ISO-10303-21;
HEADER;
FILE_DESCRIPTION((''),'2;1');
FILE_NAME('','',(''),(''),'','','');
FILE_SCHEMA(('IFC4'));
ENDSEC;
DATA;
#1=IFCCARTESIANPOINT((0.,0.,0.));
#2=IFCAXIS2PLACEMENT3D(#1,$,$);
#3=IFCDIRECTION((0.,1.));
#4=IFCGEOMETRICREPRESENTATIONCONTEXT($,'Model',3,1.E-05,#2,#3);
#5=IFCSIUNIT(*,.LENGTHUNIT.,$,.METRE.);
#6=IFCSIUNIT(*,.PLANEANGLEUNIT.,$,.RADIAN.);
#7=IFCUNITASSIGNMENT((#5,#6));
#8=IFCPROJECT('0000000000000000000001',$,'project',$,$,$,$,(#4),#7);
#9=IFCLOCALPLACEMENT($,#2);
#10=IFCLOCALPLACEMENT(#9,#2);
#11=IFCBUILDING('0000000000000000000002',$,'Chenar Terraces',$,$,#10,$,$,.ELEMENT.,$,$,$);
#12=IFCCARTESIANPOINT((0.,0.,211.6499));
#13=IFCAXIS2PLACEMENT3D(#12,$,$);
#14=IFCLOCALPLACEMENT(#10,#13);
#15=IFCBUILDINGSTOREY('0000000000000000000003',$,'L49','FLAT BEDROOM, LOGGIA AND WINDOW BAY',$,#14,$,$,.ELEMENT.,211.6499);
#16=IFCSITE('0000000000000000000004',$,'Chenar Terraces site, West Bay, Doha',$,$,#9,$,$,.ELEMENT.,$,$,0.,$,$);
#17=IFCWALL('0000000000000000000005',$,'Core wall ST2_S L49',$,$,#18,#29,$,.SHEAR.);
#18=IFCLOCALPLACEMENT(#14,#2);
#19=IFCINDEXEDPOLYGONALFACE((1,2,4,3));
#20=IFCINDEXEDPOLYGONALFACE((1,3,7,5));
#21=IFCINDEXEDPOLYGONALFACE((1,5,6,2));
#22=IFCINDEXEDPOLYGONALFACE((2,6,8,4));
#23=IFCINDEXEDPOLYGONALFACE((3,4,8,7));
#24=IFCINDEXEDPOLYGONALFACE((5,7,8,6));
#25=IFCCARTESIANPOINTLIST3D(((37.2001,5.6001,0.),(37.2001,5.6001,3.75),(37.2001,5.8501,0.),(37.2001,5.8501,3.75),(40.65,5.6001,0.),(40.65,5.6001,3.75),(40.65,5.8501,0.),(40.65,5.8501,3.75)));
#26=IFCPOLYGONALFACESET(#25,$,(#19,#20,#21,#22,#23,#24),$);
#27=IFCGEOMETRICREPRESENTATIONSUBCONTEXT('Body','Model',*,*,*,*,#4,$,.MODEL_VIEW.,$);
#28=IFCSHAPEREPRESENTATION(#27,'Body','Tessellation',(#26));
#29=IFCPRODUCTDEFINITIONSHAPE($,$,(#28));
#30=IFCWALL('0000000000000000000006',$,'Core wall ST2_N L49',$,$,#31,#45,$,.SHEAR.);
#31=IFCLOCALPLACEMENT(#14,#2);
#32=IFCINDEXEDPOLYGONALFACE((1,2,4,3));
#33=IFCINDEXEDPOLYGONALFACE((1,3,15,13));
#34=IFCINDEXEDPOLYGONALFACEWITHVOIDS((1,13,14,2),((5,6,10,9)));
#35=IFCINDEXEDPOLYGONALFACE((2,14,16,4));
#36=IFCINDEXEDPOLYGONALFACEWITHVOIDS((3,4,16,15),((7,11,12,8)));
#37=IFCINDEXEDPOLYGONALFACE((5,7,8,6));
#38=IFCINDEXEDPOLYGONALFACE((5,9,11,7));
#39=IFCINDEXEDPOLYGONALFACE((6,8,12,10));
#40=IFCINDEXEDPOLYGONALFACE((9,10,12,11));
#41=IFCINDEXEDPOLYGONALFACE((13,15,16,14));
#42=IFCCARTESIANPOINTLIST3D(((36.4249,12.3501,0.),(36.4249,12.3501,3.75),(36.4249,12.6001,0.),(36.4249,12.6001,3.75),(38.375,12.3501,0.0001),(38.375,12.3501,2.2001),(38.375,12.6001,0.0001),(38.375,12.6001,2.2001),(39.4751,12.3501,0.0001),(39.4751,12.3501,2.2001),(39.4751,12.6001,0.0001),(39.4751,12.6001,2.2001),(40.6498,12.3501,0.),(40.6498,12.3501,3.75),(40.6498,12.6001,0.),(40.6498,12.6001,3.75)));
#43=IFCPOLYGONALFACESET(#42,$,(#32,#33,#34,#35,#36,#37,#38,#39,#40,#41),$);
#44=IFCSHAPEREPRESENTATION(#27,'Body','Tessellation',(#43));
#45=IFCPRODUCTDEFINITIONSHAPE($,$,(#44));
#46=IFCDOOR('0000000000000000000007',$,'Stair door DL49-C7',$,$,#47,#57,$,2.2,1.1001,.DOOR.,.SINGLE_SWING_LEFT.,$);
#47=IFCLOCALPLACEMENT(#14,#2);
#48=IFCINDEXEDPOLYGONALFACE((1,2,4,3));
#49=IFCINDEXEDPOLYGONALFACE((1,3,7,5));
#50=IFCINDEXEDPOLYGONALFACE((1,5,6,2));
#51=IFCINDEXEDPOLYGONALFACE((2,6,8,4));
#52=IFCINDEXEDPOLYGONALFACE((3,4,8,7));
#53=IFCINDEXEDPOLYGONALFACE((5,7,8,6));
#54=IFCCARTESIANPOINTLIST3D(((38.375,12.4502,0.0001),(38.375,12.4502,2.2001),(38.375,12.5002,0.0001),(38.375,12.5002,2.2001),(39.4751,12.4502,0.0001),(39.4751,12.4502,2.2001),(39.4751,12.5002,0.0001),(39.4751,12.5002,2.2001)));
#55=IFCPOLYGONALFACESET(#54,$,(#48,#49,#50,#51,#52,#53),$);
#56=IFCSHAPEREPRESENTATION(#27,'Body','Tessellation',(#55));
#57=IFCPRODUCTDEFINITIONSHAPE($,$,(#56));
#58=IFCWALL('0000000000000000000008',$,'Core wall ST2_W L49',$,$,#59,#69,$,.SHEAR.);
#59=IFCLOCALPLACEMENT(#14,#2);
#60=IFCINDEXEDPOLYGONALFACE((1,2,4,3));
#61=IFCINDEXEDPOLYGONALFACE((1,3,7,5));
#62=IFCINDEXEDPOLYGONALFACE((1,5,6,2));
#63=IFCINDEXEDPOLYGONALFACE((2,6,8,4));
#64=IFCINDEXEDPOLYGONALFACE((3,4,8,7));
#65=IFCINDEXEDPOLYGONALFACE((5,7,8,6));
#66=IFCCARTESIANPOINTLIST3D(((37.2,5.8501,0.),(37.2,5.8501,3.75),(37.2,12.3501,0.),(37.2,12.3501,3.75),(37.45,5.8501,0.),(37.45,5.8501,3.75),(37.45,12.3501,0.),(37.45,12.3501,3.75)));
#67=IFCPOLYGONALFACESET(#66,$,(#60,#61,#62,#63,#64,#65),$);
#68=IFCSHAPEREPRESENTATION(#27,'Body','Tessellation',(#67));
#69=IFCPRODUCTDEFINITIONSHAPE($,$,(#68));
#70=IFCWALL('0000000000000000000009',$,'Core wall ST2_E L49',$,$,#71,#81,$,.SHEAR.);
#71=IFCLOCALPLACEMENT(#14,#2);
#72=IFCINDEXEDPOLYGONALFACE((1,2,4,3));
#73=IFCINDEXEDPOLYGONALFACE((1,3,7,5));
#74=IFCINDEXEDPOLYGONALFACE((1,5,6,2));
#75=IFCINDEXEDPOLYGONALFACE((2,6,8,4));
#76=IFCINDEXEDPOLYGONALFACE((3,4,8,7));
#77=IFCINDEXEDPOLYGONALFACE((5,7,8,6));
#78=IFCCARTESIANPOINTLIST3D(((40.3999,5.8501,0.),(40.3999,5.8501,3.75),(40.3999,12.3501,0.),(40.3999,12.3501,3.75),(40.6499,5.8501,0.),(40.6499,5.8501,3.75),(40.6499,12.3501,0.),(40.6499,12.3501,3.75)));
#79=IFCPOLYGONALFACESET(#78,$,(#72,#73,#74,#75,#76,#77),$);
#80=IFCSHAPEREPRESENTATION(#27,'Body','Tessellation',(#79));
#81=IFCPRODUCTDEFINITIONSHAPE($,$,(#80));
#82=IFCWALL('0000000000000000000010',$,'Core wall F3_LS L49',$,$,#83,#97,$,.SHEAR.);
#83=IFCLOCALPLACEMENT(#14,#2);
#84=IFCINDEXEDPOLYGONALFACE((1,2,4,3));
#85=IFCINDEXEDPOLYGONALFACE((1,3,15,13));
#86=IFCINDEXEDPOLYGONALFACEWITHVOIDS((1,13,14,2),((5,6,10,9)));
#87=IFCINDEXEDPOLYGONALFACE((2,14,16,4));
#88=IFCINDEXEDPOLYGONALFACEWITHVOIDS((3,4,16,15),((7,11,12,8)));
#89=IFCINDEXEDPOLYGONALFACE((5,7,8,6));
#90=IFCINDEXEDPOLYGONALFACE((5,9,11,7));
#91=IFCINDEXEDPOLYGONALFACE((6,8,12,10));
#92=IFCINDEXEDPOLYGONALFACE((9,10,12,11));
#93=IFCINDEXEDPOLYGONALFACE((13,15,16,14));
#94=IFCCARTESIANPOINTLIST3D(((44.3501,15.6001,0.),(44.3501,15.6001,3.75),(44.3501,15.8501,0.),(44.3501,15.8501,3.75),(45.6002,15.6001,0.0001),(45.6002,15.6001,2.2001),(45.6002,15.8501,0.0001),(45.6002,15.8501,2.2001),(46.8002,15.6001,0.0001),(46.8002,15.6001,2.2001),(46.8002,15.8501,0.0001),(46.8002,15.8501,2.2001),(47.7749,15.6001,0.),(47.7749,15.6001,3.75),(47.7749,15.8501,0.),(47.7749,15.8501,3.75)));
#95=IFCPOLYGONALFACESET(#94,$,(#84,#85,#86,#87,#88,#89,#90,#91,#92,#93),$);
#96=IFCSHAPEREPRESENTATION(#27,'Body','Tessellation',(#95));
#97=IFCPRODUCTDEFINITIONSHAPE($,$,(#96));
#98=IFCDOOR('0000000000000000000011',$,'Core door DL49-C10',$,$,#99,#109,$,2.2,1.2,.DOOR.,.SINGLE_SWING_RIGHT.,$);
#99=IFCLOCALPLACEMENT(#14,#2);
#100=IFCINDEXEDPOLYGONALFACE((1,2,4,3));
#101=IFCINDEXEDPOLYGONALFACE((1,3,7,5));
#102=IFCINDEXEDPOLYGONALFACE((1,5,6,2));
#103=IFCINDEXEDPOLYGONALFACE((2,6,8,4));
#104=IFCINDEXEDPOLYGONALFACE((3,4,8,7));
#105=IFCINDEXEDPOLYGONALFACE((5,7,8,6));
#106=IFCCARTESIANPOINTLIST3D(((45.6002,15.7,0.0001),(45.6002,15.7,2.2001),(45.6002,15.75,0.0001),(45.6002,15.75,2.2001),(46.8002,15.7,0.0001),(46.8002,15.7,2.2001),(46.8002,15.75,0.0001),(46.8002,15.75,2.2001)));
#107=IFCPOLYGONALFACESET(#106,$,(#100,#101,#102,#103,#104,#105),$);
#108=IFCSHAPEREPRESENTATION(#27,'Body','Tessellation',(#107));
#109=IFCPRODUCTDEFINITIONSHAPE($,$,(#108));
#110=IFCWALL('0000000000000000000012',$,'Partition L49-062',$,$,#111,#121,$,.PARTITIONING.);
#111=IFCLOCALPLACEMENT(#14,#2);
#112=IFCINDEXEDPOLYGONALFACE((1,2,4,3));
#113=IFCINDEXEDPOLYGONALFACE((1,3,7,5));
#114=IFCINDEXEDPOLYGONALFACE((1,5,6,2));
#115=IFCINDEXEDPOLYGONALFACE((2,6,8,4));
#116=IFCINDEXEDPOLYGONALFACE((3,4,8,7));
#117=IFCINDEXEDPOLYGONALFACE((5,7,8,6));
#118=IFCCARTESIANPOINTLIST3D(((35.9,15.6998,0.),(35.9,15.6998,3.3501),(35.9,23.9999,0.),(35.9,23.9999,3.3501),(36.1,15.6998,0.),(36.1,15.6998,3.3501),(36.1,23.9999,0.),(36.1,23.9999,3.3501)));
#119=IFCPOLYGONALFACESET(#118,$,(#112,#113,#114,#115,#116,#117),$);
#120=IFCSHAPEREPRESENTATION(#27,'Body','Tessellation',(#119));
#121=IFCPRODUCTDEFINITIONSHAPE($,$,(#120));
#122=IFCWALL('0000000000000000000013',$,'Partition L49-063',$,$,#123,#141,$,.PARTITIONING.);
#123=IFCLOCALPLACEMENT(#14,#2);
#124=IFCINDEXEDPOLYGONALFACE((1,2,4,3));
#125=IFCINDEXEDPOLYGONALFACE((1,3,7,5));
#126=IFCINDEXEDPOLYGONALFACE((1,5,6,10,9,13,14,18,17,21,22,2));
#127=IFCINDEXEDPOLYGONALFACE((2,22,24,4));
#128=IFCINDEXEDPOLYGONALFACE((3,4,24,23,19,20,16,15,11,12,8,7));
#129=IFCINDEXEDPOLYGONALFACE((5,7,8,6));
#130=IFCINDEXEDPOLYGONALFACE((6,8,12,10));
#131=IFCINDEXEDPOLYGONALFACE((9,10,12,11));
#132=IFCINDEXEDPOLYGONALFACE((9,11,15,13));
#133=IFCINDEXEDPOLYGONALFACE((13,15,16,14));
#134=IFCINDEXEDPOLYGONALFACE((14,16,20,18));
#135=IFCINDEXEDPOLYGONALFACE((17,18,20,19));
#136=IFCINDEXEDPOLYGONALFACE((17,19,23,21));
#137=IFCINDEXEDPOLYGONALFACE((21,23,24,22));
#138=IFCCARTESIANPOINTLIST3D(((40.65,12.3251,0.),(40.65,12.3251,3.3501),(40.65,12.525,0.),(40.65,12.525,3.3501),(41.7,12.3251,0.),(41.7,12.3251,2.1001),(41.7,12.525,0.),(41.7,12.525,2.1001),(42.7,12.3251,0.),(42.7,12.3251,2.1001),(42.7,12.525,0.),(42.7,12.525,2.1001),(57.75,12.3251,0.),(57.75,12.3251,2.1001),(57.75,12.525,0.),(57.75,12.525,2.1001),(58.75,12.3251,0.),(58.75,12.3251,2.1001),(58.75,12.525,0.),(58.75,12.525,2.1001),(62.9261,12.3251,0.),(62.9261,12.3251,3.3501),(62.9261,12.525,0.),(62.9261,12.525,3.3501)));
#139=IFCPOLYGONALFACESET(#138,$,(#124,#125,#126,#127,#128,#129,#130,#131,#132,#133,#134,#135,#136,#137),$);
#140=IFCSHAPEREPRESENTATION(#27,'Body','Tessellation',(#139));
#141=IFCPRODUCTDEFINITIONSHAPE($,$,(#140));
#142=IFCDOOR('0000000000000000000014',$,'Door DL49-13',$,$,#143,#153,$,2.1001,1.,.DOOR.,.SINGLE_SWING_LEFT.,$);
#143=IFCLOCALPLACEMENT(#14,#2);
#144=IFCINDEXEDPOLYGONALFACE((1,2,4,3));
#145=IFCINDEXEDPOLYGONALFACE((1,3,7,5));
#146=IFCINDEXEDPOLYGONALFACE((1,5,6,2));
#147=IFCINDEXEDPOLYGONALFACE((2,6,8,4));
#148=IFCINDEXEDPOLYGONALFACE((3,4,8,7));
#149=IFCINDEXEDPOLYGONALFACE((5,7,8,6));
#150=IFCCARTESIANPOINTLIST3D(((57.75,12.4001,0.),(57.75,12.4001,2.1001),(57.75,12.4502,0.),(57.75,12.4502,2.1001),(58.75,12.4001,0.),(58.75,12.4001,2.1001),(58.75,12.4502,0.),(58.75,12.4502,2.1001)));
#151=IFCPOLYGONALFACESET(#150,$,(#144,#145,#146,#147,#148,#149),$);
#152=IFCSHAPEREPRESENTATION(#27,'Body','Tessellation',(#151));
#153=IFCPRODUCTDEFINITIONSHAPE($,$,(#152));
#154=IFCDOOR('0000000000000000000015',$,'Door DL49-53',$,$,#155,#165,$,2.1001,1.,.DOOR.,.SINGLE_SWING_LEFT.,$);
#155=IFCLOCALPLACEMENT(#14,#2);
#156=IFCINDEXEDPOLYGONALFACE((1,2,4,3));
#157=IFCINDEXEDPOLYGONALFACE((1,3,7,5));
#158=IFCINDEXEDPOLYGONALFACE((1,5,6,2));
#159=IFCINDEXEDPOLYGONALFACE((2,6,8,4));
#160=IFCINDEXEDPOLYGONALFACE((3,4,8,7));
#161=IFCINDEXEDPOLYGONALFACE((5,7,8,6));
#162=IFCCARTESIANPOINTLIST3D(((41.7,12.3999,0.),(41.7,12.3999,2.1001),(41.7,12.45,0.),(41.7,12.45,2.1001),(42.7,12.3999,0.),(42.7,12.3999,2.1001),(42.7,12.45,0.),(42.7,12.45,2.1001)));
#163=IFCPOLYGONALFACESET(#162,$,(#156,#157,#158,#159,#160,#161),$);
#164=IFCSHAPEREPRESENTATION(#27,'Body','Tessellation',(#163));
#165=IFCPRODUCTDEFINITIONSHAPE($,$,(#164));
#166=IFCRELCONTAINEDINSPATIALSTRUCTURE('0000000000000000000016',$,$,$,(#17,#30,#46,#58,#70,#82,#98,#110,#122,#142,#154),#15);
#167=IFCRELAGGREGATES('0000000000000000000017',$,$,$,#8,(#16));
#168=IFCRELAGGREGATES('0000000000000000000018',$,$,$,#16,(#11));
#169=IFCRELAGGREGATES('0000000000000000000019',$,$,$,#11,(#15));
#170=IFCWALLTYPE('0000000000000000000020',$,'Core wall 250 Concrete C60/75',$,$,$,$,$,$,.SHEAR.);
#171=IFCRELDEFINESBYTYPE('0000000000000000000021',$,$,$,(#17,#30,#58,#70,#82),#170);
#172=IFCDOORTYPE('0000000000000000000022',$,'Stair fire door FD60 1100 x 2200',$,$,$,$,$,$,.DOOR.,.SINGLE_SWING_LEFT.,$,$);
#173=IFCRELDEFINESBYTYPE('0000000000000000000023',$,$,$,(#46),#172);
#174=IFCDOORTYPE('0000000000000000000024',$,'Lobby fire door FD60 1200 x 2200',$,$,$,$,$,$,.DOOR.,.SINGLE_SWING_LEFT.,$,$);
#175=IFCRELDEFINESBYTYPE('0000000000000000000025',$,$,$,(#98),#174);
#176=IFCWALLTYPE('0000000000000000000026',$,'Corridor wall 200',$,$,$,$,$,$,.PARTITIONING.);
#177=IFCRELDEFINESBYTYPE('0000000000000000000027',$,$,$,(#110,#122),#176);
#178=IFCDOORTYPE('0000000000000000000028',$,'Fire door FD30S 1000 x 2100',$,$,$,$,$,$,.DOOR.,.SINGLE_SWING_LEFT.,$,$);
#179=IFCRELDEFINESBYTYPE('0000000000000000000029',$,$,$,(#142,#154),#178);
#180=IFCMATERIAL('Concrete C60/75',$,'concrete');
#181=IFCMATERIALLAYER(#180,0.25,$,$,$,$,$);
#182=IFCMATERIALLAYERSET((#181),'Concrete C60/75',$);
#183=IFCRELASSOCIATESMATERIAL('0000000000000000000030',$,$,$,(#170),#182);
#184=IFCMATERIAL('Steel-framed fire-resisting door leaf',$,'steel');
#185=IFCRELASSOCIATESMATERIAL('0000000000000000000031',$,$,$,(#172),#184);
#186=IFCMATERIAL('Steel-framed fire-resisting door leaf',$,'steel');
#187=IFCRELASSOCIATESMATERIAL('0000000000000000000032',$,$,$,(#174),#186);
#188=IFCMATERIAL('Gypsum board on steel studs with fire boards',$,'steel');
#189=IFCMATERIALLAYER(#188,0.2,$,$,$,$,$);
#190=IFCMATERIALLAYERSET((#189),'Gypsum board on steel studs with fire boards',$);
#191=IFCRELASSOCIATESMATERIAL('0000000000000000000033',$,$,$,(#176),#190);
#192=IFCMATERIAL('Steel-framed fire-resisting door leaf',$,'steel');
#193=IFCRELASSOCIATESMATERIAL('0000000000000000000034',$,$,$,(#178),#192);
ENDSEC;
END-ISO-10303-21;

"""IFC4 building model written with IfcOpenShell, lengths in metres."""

from ifc_helpers import new_model, si_unit, direction, frame, frame_2d, origin, place, context, subcontext, project, spatial, rectangle, extrude, material, layer, layer_set, type_object, element, fill, save


model = new_model("IFC4")

# Units and contexts
model_context = context("Model", 3, precision=1e-05, world=origin(), true_north=direction((0.0, 1.0)))
body_context = subcontext(model_context, "Body", "Model", "MODEL_VIEW")
ifc_project = project(units=[si_unit("LENGTHUNIT", "METRE"), si_unit("PLANEANGLEUNIT", "RADIAN")], contexts=[model_context])

# Site, building, storey
site_placement = place(None, origin())
site = spatial("IfcSite", under=ifc_project, at=site_placement, Name="Chenar Terraces site, West Bay, Doha", CompositionType="ELEMENT", RefElevation=0.0)
building_placement = place(site_placement, origin())
building = spatial("IfcBuilding", under=site, at=building_placement, Name="Chenar Terraces", CompositionType="ELEMENT")
storey_placement = place(building_placement, frame((0.0, 0.0, 211.6499)))
storey = spatial("IfcBuildingStorey", under=building, at=storey_placement, Name="L49", Description="FLAT BEDROOM, LOGGIA AND WINDOW BAY", CompositionType="ELEMENT", Elevation=211.6499)

# Wall
ifc_material_1 = material(Name="Concrete C60/75", Category="concrete")
ifc_layer_1 = layer(ifc_material_1, 0.25)
ifc_layer_set_1 = layer_set([ifc_layer_1], Name="Concrete C60/75")
wall_type_1 = type_object("IfcWallType", Name="Core wall 250 Concrete C60/75", PredefinedType="SHEAR", material=ifc_layer_set_1)
wall_1_placement = place(storey_placement, frame((37.2, 5.7251, 0.0), z_axis=(0.0, 0.0, 1.0), x_axis=(1.0, 0.0, 0.0)))
element("IfcWall", 1, at=wall_1_placement, inside=storey, type_object=wall_type_1, Name="Core wall ST2_S L49", PredefinedType="SHEAR", context=body_context, shape_type="SweptSolid", body=[
    extrude(rectangle(XDim=3.45, YDim=0.25, at=frame_2d((1.7251, 0.0))), origin(), (0.0, 0.0, 1.0), 3.75),
])

# Wall, opening, door
wall_2_placement = place(storey_placement, frame((36.425, 12.4751, 0.0), z_axis=(0.0, 0.0, 1.0), x_axis=(1.0, 0.0, 0.0)))
wall_2 = element("IfcWall", 2, at=wall_2_placement, inside=storey, type_object=wall_type_1, Name="Core wall ST2_N L49", PredefinedType="SHEAR", context=body_context, shape_type="SweptSolid", body=[
    extrude(rectangle(XDim=4.2249, YDim=0.25, at=frame_2d((2.1123, 0.0))), origin(), (0.0, 0.0, 1.0), 3.75),
])
opening_1_placement = place(wall_2_placement, frame((1.95, 0.0, 0.0)))
opening_1 = element("IfcOpeningElement", 3, at=opening_1_placement, cuts=wall_2, PredefinedType="OPENING", context=body_context, shape_type="SweptSolid", body=[
    extrude(rectangle(XDim=1.1001, YDim=2.2, at=frame_2d((0.55, 1.1001))), frame((0.0, 0.135, 0.0), z_axis=(0.0, -1.0, 0.0), x_axis=(1.0, 0.0, 0.0)), (0.0, 0.0, 1.0), 0.27),
])
ifc_material_2 = material(Name="Steel-framed fire-resisting door leaf", Category="steel")
door_type_1 = type_object("IfcDoorType", Name="Stair fire door FD60 1100 x 2200", OperationType="SINGLE_SWING_LEFT", PredefinedType="DOOR", material=ifc_material_2)
door_1_placement = place(opening_1_placement, frame((1.1001, 0.0, 0.0), z_axis=(0.0, 0.0, 1.0), x_axis=(-1.0, 0.0, 0.0)))
door_1 = element("IfcDoor", 4, at=door_1_placement, inside=storey, type_object=door_type_1, Name="Stair door DL49-C7", OperationType="SINGLE_SWING_LEFT", OverallHeight=2.2, OverallWidth=1.1001, PredefinedType="DOOR", context=body_context, shape_type="SweptSolid", body=[
    extrude(rectangle(XDim=1.1001, YDim=2.2, at=frame_2d((0.55, 1.1001))), frame((0.0, 0.0249, 0.0), z_axis=(0.0, -1.0, 0.0), x_axis=(1.0, 0.0, 0.0)), (0.0, 0.0, 1.0), 0.05),
])
fill(opening_1, door_1)

# Walls
for number, where, z_axis, x_axis, name in (
    (5, (37.325, 5.8501, 0.0), (0.0, 0.0, 1.0), (0.0, 1.0, 0.0), "Core wall ST2_W L49"),
    (6, (40.5249, 5.8501, 0.0), (0.0, 0.0, 1.0), (0.0, 1.0, 0.0), "Core wall ST2_E L49"),
):
    element("IfcWall", number, at=place(storey_placement, frame(where, z_axis=z_axis, x_axis=x_axis)), inside=storey, type_object=wall_type_1, Name=name, PredefinedType="SHEAR", context=body_context, shape_type="SweptSolid", body=[
        extrude(rectangle(XDim=6.5, YDim=0.25, at=frame_2d((3.25, 0.0))), origin(), (0.0, 0.0, 1.0), 3.75),
    ])

# Wall, opening, door
wall_3_placement = place(storey_placement, frame((44.3501, 15.7251, 0.0), z_axis=(0.0, 0.0, 1.0), x_axis=(1.0, 0.0, 0.0)))
wall_3 = element("IfcWall", 7, at=wall_3_placement, inside=storey, type_object=wall_type_1, Name="Core wall F3_LS L49", PredefinedType="SHEAR", context=body_context, shape_type="SweptSolid", body=[
    extrude(rectangle(XDim=3.4248, YDim=0.25, at=frame_2d((1.7124, 0.0))), origin(), (0.0, 0.0, 1.0), 3.75),
])
opening_2_placement = place(wall_3_placement, frame((1.25, 0.0, 0.0)))
opening_2 = element("IfcOpeningElement", 8, at=opening_2_placement, cuts=wall_3, PredefinedType="OPENING", context=body_context, shape_type="SweptSolid", body=[
    extrude(rectangle(XDim=1.2, YDim=2.2, at=frame_2d((0.6001, 1.1001))), frame((0.0, 0.135, 0.0), z_axis=(0.0, -1.0, 0.0), x_axis=(1.0, 0.0, 0.0)), (0.0, 0.0, 1.0), 0.27),
])
ifc_material_3 = material(Name="Steel-framed fire-resisting door leaf", Category="steel")
door_type_2 = type_object("IfcDoorType", Name="Lobby fire door FD60 1200 x 2200", OperationType="SINGLE_SWING_LEFT", PredefinedType="DOOR", material=ifc_material_3)
door_2_placement = place(opening_2_placement, origin())
door_2 = element("IfcDoor", 9, at=door_2_placement, inside=storey, type_object=door_type_2, Name="Core door DL49-C10", OperationType="SINGLE_SWING_RIGHT", OverallHeight=2.2, OverallWidth=1.2, PredefinedType="DOOR", context=body_context, shape_type="SweptSolid", body=[
    extrude(rectangle(XDim=1.2, YDim=2.2, at=frame_2d((0.6001, 1.1001))), frame((0.0, 0.0249, 0.0), z_axis=(0.0, -1.0, 0.0), x_axis=(1.0, 0.0, 0.0)), (0.0, 0.0, 1.0), 0.05),
])
fill(opening_2, door_2)

# Wall
ifc_material_4 = material(Name="Gypsum board on steel studs with fire boards", Category="steel")
ifc_layer_2 = layer(ifc_material_4, 0.2)
ifc_layer_set_2 = layer_set([ifc_layer_2], Name="Gypsum board on steel studs with fire boards")
wall_type_2 = type_object("IfcWallType", Name="Corridor wall 200", PredefinedType="PARTITIONING", material=ifc_layer_set_2)
wall_4_placement = place(storey_placement, frame((36.0, 15.7, 0.0), z_axis=(0.0, 0.0, 1.0), x_axis=(0.0, 1.0, 0.0)))
element("IfcWall", 10, at=wall_4_placement, inside=storey, type_object=wall_type_2, Name="Partition L49-062", PredefinedType="PARTITIONING", context=body_context, shape_type="SweptSolid", body=[
    extrude(rectangle(XDim=8.3, YDim=0.2, at=frame_2d((4.1499, 0.0))), origin(), (0.0, 0.0, 1.0), 3.3501),
])

# Wall, openings, doors
wall_5_placement = place(storey_placement, frame((40.6499, 12.425, 0.0), z_axis=(0.0, 0.0, 1.0), x_axis=(1.0, 0.0, 0.0)))
wall_5 = element("IfcWall", 11, at=wall_5_placement, inside=storey, type_object=wall_type_2, Name="Partition L49-063", PredefinedType="PARTITIONING", context=body_context, shape_type="SweptSolid", body=[
    extrude(rectangle(XDim=22.2761, YDim=0.2, at=frame_2d((11.1382, 0.0))), origin(), (0.0, 0.0, 1.0), 3.3501),
])
opening_3_placement = place(wall_5_placement, frame((17.1001, 0.0, 0.0)))
opening_3 = element("IfcOpeningElement", 12, at=opening_3_placement, cuts=wall_5, PredefinedType="OPENING", context=body_context, shape_type="SweptSolid", body=[
    extrude(rectangle(XDim=1.0, YDim=2.1001, at=frame_2d((0.5, 1.05))), frame((0.0, 0.1099, 0.0), z_axis=(0.0, -1.0, 0.0), x_axis=(1.0, 0.0, 0.0)), (0.0, 0.0, 1.0), 0.22),
])
opening_4_placement = place(wall_5_placement, frame((1.05, 0.0, 0.0)))
opening_4 = element("IfcOpeningElement", 13, at=opening_4_placement, cuts=wall_5, PredefinedType="OPENING", context=body_context, shape_type="SweptSolid", body=[
    extrude(rectangle(XDim=1.0, YDim=2.1001, at=frame_2d((0.5, 1.05))), frame((0.0, 0.1099, 0.0), z_axis=(0.0, -1.0, 0.0), x_axis=(1.0, 0.0, 0.0)), (0.0, 0.0, 1.0), 0.22),
])
ifc_material_5 = material(Name="Steel-framed fire-resisting door leaf", Category="steel")
door_type_3 = type_object("IfcDoorType", Name="Fire door FD30S 1000 x 2100", OperationType="SINGLE_SWING_LEFT", PredefinedType="DOOR", material=ifc_material_5)
door_3_placement = place(opening_3_placement, frame((1.0, 0.0, 0.0), z_axis=(0.0, 0.0, 1.0), x_axis=(-1.0, 0.0, 0.0)))
door_3 = element("IfcDoor", 14, at=door_3_placement, inside=storey, type_object=door_type_3, Name="Door DL49-13", OperationType="SINGLE_SWING_LEFT", OverallHeight=2.1001, OverallWidth=1.0, PredefinedType="DOOR", context=body_context, shape_type="SweptSolid", body=[
    extrude(rectangle(XDim=1.0, YDim=2.1001, at=frame_2d((0.5, 1.05))), frame((0.0, 0.0249, 0.0), z_axis=(0.0, -1.0, 0.0), x_axis=(1.0, 0.0, 0.0)), (0.0, 0.0, 1.0), 0.05),
])
fill(opening_3, door_3)
door_4_placement = place(opening_4_placement, origin())
door_4 = element("IfcDoor", 15, at=door_4_placement, inside=storey, type_object=door_type_3, Name="Door DL49-53", OperationType="SINGLE_SWING_LEFT", OverallHeight=2.1001, OverallWidth=1.0, PredefinedType="DOOR", context=body_context, shape_type="SweptSolid", body=[
    extrude(rectangle(XDim=1.0, YDim=2.1001, at=frame_2d((0.5, 1.05))), frame((0.0, 0.0249, 0.0), z_axis=(0.0, -1.0, 0.0), x_axis=(1.0, 0.0, 0.0)), (0.0, 0.0, 1.0), 0.05),
])
fill(opening_4, door_4)

save(model, "model.ifc")
